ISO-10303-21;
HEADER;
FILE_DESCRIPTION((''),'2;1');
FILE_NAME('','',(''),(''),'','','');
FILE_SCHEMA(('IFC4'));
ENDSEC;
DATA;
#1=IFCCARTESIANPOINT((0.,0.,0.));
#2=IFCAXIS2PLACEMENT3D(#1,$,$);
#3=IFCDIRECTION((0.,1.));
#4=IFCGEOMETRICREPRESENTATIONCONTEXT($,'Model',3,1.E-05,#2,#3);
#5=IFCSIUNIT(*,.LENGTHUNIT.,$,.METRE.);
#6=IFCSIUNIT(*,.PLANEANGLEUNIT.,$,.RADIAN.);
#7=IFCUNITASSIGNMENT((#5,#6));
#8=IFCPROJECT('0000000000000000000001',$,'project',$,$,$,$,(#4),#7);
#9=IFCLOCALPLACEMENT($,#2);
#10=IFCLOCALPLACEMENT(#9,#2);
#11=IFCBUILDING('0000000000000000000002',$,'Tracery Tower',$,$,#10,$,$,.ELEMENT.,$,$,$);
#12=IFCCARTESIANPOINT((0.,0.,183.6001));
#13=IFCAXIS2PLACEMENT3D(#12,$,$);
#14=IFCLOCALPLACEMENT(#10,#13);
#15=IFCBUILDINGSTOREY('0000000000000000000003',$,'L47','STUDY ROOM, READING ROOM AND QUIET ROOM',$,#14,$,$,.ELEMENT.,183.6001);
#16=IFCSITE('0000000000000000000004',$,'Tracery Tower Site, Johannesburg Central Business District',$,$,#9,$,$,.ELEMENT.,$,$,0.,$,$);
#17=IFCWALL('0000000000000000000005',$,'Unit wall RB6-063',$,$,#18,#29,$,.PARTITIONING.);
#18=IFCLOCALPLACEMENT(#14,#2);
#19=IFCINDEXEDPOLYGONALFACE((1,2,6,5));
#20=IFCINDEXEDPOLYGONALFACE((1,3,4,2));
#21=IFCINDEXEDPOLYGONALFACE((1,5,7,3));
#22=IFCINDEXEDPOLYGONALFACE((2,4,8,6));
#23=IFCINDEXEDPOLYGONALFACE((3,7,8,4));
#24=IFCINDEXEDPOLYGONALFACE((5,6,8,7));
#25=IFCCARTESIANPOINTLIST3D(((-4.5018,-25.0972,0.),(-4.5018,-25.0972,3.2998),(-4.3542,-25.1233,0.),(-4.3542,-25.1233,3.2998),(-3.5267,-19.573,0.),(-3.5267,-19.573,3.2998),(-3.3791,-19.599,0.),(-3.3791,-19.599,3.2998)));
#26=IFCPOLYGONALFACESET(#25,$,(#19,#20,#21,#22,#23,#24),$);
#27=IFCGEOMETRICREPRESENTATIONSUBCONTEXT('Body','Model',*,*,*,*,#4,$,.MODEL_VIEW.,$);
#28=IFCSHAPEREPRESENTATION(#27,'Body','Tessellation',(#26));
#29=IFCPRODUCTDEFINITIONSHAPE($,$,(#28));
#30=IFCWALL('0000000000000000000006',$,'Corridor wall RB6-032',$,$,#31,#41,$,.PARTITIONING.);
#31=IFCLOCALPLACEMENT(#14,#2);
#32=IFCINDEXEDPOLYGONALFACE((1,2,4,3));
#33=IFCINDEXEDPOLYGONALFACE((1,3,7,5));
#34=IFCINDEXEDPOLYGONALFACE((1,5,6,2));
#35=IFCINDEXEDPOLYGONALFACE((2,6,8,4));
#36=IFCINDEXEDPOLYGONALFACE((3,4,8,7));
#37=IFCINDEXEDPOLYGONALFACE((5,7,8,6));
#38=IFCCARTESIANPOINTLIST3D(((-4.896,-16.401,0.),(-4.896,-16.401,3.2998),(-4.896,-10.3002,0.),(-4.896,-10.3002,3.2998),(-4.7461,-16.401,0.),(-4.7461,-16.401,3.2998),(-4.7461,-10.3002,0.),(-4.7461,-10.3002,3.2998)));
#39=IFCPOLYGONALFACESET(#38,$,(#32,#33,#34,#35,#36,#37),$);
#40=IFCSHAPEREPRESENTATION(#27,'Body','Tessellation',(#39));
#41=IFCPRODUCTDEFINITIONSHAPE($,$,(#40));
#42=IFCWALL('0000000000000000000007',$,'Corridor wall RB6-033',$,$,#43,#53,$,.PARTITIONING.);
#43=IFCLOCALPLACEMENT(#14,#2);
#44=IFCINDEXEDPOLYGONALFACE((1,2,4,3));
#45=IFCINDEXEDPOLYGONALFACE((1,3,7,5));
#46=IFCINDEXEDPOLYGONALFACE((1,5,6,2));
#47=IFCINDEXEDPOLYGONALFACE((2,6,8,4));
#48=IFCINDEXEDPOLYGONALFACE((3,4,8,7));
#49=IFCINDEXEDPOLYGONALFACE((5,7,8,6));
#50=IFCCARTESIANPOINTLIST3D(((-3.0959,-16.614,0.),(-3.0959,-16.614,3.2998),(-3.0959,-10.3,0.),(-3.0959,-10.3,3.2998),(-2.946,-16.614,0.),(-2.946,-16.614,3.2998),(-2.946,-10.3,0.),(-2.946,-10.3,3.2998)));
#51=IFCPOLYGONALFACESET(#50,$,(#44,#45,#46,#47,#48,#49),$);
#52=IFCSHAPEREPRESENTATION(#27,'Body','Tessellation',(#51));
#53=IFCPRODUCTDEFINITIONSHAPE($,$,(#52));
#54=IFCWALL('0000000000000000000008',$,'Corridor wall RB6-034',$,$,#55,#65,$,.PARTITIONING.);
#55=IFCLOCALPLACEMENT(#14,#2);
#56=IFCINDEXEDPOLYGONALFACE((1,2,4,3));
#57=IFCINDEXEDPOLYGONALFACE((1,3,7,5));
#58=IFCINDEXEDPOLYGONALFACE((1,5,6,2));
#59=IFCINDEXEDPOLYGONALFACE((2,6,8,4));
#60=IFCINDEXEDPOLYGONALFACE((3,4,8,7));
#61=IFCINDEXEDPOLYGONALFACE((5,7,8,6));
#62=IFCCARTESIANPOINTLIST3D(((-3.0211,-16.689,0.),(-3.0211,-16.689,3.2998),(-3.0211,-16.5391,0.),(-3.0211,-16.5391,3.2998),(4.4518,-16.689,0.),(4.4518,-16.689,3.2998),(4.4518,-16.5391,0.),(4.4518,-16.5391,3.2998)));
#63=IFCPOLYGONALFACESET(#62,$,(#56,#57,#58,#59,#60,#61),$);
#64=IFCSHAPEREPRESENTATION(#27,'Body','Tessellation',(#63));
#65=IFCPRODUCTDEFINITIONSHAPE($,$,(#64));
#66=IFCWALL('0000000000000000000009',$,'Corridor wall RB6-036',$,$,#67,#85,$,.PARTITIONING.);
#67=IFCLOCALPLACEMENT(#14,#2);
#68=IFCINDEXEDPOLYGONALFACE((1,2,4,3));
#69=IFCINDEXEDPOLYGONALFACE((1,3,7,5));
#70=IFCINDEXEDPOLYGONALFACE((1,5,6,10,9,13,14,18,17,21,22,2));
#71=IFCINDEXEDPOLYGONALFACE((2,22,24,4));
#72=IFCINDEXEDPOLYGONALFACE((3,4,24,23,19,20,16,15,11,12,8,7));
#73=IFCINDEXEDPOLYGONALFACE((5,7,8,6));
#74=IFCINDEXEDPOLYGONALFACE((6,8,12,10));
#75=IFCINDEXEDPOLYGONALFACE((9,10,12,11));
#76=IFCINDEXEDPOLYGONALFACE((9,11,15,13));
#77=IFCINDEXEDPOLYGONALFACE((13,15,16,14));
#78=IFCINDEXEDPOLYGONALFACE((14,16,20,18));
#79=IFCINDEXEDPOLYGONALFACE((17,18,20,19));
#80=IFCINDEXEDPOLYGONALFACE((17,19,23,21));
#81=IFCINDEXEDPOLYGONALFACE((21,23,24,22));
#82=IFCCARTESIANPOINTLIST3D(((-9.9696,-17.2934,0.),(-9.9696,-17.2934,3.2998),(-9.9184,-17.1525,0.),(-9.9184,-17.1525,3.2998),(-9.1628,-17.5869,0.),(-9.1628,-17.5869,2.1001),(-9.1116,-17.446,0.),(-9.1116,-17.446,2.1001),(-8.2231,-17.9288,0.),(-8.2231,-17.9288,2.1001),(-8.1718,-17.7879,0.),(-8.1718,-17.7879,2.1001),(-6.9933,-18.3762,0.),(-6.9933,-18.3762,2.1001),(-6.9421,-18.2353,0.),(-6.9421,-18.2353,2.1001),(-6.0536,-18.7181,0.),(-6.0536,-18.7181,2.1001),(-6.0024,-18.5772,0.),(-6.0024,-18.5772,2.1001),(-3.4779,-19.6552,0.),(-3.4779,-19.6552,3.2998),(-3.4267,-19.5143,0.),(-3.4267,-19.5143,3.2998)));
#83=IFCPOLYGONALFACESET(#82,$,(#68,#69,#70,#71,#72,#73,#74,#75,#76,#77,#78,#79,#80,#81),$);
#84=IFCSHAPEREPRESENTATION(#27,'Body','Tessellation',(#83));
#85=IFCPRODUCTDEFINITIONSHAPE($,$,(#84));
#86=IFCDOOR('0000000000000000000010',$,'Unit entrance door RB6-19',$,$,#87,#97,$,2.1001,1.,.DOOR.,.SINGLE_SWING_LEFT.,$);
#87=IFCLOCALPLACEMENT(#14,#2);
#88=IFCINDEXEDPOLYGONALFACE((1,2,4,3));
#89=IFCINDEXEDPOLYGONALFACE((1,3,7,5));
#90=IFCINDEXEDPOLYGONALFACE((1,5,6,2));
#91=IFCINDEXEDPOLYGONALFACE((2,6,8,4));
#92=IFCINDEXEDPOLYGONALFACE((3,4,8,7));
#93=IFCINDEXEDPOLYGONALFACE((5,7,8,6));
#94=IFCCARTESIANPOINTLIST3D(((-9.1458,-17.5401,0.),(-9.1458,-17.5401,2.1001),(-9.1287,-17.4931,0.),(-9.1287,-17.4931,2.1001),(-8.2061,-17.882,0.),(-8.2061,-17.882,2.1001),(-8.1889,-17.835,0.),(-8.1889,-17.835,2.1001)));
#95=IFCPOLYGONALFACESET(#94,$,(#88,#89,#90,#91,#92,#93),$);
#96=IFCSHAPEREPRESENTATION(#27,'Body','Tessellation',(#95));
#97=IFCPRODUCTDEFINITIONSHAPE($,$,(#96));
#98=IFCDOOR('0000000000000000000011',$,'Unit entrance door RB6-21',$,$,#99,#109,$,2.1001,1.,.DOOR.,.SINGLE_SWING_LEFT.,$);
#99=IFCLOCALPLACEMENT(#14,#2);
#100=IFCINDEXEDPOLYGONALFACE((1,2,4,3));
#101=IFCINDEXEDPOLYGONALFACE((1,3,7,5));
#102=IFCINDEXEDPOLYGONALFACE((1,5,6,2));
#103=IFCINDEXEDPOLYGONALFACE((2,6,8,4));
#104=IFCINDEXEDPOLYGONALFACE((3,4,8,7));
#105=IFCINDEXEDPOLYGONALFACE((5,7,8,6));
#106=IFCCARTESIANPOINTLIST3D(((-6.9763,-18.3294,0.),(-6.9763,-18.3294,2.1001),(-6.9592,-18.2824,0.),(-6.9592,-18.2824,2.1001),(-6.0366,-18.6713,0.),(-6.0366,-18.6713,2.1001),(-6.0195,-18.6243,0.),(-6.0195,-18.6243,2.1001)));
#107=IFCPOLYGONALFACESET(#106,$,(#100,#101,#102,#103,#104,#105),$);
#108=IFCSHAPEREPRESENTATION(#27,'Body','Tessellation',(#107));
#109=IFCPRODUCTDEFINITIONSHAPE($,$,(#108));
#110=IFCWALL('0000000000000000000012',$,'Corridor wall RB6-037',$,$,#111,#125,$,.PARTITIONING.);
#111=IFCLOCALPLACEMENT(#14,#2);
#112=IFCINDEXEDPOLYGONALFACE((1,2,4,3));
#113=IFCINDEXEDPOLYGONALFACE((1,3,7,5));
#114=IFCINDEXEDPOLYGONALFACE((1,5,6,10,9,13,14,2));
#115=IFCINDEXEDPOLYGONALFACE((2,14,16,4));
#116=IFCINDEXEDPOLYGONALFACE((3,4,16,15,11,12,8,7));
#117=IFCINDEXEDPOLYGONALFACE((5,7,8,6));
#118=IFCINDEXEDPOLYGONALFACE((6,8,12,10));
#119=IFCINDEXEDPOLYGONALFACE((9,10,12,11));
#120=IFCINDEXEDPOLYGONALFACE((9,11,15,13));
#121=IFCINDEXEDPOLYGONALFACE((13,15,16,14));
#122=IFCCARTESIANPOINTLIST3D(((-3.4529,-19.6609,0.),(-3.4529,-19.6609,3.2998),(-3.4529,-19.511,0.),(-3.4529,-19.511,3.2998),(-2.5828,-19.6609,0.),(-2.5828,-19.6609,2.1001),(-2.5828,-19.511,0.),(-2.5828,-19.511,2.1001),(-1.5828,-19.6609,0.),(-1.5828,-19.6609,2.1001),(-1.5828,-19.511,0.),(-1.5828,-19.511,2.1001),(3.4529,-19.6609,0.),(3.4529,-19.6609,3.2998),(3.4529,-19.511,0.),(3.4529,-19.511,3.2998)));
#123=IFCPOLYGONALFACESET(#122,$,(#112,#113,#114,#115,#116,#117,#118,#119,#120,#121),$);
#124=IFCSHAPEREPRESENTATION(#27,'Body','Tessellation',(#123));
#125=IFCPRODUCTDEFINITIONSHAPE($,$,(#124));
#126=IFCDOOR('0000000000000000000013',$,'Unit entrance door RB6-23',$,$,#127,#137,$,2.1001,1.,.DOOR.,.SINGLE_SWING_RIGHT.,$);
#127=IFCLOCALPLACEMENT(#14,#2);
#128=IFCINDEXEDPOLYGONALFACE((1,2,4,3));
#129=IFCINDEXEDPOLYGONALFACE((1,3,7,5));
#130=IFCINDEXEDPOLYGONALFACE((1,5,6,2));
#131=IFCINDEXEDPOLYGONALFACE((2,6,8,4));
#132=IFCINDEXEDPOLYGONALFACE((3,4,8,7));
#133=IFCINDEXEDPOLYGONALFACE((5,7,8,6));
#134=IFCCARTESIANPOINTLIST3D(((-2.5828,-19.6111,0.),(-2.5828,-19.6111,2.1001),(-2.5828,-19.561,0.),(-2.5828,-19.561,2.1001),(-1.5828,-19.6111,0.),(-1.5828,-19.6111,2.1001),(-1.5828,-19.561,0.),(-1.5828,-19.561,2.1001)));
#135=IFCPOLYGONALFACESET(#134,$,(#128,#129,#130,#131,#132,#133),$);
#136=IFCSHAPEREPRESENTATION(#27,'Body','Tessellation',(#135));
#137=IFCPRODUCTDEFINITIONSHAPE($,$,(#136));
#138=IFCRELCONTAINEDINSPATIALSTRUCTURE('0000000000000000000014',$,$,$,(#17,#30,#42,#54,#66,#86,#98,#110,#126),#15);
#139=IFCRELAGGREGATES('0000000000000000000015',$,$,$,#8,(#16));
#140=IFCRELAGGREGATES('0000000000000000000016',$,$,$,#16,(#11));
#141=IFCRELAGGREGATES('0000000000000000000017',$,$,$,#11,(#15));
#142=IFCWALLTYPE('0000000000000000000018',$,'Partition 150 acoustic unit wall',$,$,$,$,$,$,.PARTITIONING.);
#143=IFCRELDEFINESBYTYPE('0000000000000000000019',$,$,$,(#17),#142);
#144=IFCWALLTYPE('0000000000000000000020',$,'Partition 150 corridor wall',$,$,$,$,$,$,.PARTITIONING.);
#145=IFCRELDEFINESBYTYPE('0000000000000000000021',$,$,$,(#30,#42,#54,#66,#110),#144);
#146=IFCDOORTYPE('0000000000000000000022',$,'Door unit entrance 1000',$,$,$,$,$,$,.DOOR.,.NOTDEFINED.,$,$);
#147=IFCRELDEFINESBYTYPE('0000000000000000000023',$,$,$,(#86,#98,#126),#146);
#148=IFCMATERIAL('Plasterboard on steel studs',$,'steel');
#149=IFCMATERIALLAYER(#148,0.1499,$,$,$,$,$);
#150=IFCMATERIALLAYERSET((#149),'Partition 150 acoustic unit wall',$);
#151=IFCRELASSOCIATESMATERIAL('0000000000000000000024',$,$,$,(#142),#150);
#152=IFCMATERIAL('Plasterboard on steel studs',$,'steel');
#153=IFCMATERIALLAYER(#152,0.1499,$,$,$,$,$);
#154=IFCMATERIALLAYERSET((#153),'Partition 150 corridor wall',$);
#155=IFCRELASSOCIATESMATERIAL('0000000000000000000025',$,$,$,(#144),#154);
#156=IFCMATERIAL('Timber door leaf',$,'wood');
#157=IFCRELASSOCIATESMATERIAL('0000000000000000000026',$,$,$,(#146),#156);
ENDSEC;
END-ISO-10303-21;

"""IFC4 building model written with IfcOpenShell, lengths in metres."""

from ifc_helpers import new_model, si_unit, direction, frame, frame_2d, origin, place, context, subcontext, project, spatial, rectangle, extrude, material, layer, layer_set, type_object, element, fill, save


model = new_model("IFC4")

# Units and contexts
model_context = context("Model", 3, precision=1e-05, world=origin(), true_north=direction((0.0, 1.0)))
body_context = subcontext(model_context, "Body", "Model", "MODEL_VIEW")
ifc_project = project(units=[si_unit("LENGTHUNIT", "METRE"), si_unit("PLANEANGLEUNIT", "RADIAN")], contexts=[model_context])

# Site, building, storey
site_placement = place(None, origin())
site = spatial("IfcSite", under=ifc_project, at=site_placement, Name="Tracery Tower Site, Johannesburg Central Business District", CompositionType="ELEMENT", RefElevation=0.0)
building_placement = place(site_placement, origin())
building = spatial("IfcBuilding", under=site, at=building_placement, Name="Tracery Tower", CompositionType="ELEMENT")
storey_placement = place(building_placement, frame((0.0, 0.0, 183.6001)))
storey = spatial("IfcBuildingStorey", under=building, at=storey_placement, Name="L47", Description="STUDY ROOM, READING ROOM AND QUIET ROOM", CompositionType="ELEMENT", Elevation=183.6001)

# Walls
ifc_material_1 = material(Name="Plasterboard on steel studs", Category="steel")
ifc_layer_1 = layer(ifc_material_1, 0.1499)
ifc_layer_set_1 = layer_set([ifc_layer_1], Name="Partition 150 acoustic unit wall")
wall_type_1 = type_object("IfcWallType", Name="Partition 150 acoustic unit wall", PredefinedType="PARTITIONING", material=ifc_layer_set_1)
wall_1_placement = place(storey_placement, frame((-4.428, -25.1101, 0.0), z_axis=(0.0, 0.0, 1.0), x_axis=(0.173828, 0.984776, 0.0)))
element("IfcWall", 1, at=wall_1_placement, inside=storey, type_object=wall_type_1, Name="Unit wall RB6-063", PredefinedType="PARTITIONING", context=body_context, shape_type="SweptSolid", body=[
    extrude(rectangle(XDim=5.6096, YDim=0.1499, at=frame_2d((2.8047, 0.0))), origin(), (0.0, 0.0, 1.0), 3.2998),
])
ifc_material_2 = material(Name="Plasterboard on steel studs", Category="steel")
ifc_layer_2 = layer(ifc_material_2, 0.1499)
ifc_layer_set_2 = layer_set([ifc_layer_2], Name="Partition 150 corridor wall")
wall_type_2 = type_object("IfcWallType", Name="Partition 150 corridor wall", PredefinedType="PARTITIONING", material=ifc_layer_set_2)
wall_2_placement = place(storey_placement, frame((-4.821, -16.4009, 0.0), z_axis=(0.0, 0.0, 1.0), x_axis=(0.0, 1.0, 0.0)))
element("IfcWall", 2, at=wall_2_placement, inside=storey, type_object=wall_type_2, Name="Corridor wall RB6-032", PredefinedType="PARTITIONING", context=body_context, shape_type="SweptSolid", body=[
    extrude(rectangle(XDim=6.1008, YDim=0.1499, at=frame_2d((3.0503, 0.0))), origin(), (0.0, 0.0, 1.0), 3.2998),
])
wall_3_placement = place(storey_placement, frame((-3.021, -16.614, 0.0), z_axis=(0.0, 0.0, 1.0), x_axis=(0.0, 1.0, 0.0)))
element("IfcWall", 3, at=wall_3_placement, inside=storey, type_object=wall_type_2, Name="Corridor wall RB6-033", PredefinedType="PARTITIONING", context=body_context, shape_type="SweptSolid", body=[
    extrude(rectangle(XDim=6.314, YDim=0.1499, at=frame_2d((3.157, 0.0))), origin(), (0.0, 0.0, 1.0), 3.2998),
])
wall_4_placement = place(storey_placement, frame((-3.021, -16.614, 0.0), z_axis=(0.0, 0.0, 1.0), x_axis=(1.0, 0.0, 0.0)))
element("IfcWall", 4, at=wall_4_placement, inside=storey, type_object=wall_type_2, Name="Corridor wall RB6-034", PredefinedType="PARTITIONING", context=body_context, shape_type="SweptSolid", body=[
    extrude(rectangle(XDim=7.4729, YDim=0.1499, at=frame_2d((3.7363, 0.0))), origin(), (0.0, 0.0, 1.0), 3.2998),
])

# Wall, openings, doors
wall_5_placement = place(storey_placement, frame((-9.9441, -17.2229, 0.0), z_axis=(0.0, 0.0, 1.0), x_axis=(0.939738, -0.341896, 0.0)))
wall_5 = element("IfcWall", 5, at=wall_5_placement, inside=storey, type_object=wall_type_2, Name="Corridor wall RB6-036", PredefinedType="PARTITIONING", context=body_context, shape_type="SweptSolid", body=[
    extrude(rectangle(XDim=6.908, YDim=0.1499, at=frame_2d((3.4541, 0.0))), origin(), (0.0, 0.0, 1.0), 3.2998),
])
opening_1_placement = place(wall_5_placement, frame((0.8586, 0.0, 0.0)))
opening_1 = element("IfcOpeningElement", 6, at=opening_1_placement, cuts=wall_5, PredefinedType="OPENING", context=body_context, shape_type="SweptSolid", body=[
    extrude(rectangle(XDim=1.0, YDim=2.1001, at=frame_2d((0.5, 1.05))), frame((0.0, 0.075, 0.0), z_axis=(0.0, -1.0, 0.0), x_axis=(1.0, 0.0, 0.0)), (0.0, 0.0, 1.0), 0.1499),
])
opening_2_placement = place(wall_5_placement, frame((3.1672, 0.0, 0.0)))
opening_2 = element("IfcOpeningElement", 7, at=opening_2_placement, cuts=wall_5, PredefinedType="OPENING", context=body_context, shape_type="SweptSolid", body=[
    extrude(rectangle(XDim=1.0, YDim=2.1001, at=frame_2d((0.5, 1.05))), frame((0.0, 0.075, 0.0), z_axis=(0.0, -1.0, 0.0), x_axis=(1.0, 0.0, 0.0)), (0.0, 0.0, 1.0), 0.1499),
])
ifc_material_3 = material(Name="Timber door leaf", Category="wood")
door_type_1 = type_object("IfcDoorType", Name="Door unit entrance 1000", OperationType="NOTDEFINED", PredefinedType="DOOR", material=ifc_material_3)
door_1_placement = place(opening_1_placement, origin())
door_1 = element("IfcDoor", 8, at=door_1_placement, inside=storey, type_object=door_type_1, Name="Unit entrance door RB6-19", OperationType="SINGLE_SWING_LEFT", OverallHeight=2.1001, OverallWidth=1.0, PredefinedType="DOOR", context=body_context, shape_type="SweptSolid", body=[
    extrude(rectangle(XDim=1.0, YDim=2.1001, at=frame_2d((0.5, 1.05))), frame((0.0, 0.0249, 0.0), z_axis=(0.0, -1.0, 0.0), x_axis=(1.0, 0.0, 0.0)), (0.0, 0.0, 1.0), 0.05),
])
fill(opening_1, door_1)
door_2_placement = place(opening_2_placement, origin())
door_2 = element("IfcDoor", 9, at=door_2_placement, inside=storey, type_object=door_type_1, Name="Unit entrance door RB6-21", OperationType="SINGLE_SWING_LEFT", OverallHeight=2.1001, OverallWidth=1.0, PredefinedType="DOOR", context=body_context, shape_type="SweptSolid", body=[
    extrude(rectangle(XDim=1.0, YDim=2.1001, at=frame_2d((0.5, 1.05))), frame((0.0, 0.0249, 0.0), z_axis=(0.0, -1.0, 0.0), x_axis=(1.0, 0.0, 0.0)), (0.0, 0.0, 1.0), 0.05),
])
fill(opening_2, door_2)

# Wall, opening, door
wall_6_placement = place(storey_placement, frame((-3.4529, -19.5859, 0.0), z_axis=(0.0, 0.0, 1.0), x_axis=(1.0, 0.0, 0.0)))
wall_6 = element("IfcWall", 10, at=wall_6_placement, inside=storey, type_object=wall_type_2, Name="Corridor wall RB6-037", PredefinedType="PARTITIONING", context=body_context, shape_type="SweptSolid", body=[
    extrude(rectangle(XDim=6.9058, YDim=0.1499, at=frame_2d((3.4529, 0.0))), origin(), (0.0, 0.0, 1.0), 3.2998),
])
opening_3_placement = place(wall_6_placement, frame((0.8701, 0.0, 0.0)))
opening_3 = element("IfcOpeningElement", 11, at=opening_3_placement, cuts=wall_6, PredefinedType="OPENING", context=body_context, shape_type="SweptSolid", body=[
    extrude(rectangle(XDim=1.0, YDim=2.1001, at=frame_2d((0.5, 1.05))), frame((0.0, 0.075, 0.0), z_axis=(0.0, -1.0, 0.0), x_axis=(1.0, 0.0, 0.0)), (0.0, 0.0, 1.0), 0.1499),
])
door_3_placement = place(opening_3_placement, origin())
door_3 = element("IfcDoor", 12, at=door_3_placement, inside=storey, type_object=door_type_1, Name="Unit entrance door RB6-23", OperationType="SINGLE_SWING_RIGHT", OverallHeight=2.1001, OverallWidth=1.0, PredefinedType="DOOR", context=body_context, shape_type="SweptSolid", body=[
    extrude(rectangle(XDim=1.0, YDim=2.1001, at=frame_2d((0.5, 1.05))), frame((0.0, 0.0249, 0.0), z_axis=(0.0, -1.0, 0.0), x_axis=(1.0, 0.0, 0.0)), (0.0, 0.0, 1.0), 0.05),
])
fill(opening_3, door_3)

save(model, "model.ifc")
